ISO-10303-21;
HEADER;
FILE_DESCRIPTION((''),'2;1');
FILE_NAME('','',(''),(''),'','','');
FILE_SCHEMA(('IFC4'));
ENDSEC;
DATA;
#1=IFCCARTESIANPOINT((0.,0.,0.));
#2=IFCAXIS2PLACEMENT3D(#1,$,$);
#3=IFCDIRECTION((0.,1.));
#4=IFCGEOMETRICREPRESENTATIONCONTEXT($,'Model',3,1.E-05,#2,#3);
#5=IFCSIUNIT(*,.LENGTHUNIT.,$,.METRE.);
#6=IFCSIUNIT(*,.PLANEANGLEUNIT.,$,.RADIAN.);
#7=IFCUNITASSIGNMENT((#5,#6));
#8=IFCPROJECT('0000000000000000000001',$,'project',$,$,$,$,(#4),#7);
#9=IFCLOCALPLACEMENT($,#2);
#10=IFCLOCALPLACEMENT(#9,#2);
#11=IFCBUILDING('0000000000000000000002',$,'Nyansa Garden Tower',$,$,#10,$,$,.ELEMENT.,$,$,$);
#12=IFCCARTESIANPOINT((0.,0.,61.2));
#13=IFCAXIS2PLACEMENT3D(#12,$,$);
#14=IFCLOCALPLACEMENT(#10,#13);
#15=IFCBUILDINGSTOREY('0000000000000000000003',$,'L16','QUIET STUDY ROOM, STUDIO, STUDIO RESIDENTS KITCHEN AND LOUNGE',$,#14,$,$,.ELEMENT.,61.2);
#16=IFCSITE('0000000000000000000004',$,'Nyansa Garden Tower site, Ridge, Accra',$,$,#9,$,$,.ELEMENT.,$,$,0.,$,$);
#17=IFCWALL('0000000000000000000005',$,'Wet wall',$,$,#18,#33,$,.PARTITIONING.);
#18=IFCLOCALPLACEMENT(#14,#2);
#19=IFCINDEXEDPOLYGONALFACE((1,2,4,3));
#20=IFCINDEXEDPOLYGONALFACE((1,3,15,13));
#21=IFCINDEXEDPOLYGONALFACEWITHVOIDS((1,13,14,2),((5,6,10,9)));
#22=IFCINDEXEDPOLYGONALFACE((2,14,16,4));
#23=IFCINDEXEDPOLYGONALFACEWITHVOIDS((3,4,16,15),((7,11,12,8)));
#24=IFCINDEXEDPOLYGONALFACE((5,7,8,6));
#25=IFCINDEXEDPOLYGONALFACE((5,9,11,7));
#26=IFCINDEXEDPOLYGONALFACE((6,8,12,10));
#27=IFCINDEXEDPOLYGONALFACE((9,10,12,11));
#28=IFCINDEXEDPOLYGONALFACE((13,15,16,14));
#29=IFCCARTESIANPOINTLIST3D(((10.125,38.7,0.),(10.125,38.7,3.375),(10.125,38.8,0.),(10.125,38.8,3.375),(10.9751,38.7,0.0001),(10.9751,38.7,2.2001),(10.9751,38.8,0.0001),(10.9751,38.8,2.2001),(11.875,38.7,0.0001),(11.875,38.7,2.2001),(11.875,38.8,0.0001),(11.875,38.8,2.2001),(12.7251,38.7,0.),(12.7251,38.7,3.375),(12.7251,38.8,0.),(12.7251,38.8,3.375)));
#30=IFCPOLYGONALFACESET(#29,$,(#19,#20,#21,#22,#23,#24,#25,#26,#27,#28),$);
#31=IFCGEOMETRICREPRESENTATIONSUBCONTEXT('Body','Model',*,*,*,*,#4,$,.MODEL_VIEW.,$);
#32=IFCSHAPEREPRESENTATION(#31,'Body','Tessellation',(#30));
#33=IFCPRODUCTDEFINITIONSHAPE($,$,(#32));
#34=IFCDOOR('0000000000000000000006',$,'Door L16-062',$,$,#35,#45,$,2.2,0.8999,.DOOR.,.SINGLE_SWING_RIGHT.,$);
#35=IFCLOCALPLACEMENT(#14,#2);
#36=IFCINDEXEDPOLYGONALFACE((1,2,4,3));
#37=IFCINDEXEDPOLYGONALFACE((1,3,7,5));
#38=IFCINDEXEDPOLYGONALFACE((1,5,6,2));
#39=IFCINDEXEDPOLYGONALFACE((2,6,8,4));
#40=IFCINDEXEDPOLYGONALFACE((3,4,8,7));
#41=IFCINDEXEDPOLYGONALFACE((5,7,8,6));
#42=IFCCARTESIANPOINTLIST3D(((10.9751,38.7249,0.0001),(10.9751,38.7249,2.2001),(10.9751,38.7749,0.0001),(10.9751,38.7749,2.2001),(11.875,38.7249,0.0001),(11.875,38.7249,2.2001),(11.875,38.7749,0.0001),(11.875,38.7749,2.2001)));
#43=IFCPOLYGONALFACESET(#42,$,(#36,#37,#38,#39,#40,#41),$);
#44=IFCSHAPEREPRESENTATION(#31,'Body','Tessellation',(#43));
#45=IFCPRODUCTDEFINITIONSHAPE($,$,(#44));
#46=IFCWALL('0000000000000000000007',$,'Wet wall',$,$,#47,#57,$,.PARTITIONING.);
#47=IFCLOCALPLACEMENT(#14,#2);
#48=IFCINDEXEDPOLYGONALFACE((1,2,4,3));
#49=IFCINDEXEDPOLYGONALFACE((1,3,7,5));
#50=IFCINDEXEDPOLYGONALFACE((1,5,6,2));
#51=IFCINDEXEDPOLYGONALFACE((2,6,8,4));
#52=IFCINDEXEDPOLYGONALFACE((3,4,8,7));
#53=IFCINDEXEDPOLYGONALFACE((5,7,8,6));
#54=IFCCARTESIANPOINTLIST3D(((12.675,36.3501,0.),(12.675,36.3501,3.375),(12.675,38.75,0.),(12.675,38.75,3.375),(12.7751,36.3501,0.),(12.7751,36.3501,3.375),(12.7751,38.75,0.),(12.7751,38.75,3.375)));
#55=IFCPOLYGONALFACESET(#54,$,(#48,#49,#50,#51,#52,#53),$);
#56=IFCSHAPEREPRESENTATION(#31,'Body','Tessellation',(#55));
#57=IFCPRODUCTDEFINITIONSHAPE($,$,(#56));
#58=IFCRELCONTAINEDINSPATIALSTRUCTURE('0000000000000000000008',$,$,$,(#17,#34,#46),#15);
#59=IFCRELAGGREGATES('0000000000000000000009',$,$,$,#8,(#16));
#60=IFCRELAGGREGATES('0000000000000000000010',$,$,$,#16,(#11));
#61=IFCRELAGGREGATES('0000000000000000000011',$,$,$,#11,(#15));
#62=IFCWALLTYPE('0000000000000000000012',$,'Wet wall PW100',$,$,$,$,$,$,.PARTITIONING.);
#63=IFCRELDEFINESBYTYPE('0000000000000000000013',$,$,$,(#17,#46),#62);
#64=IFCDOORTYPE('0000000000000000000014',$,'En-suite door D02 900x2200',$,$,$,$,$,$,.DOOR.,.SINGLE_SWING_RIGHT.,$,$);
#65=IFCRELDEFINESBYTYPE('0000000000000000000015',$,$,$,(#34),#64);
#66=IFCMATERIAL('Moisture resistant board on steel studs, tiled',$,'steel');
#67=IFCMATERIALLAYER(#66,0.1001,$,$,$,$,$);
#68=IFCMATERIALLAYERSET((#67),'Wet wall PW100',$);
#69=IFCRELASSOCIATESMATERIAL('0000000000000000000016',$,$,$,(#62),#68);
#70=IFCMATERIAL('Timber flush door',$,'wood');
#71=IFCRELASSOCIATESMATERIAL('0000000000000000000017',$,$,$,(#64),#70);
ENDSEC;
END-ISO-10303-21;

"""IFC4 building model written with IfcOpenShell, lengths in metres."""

from ifc_helpers import new_model, si_unit, direction, frame, frame_2d, origin, place, context, subcontext, project, spatial, rectangle, extrude, material, layer, layer_set, type_object, element, fill, save


model = new_model("IFC4")

# Units and contexts
model_context = context("Model", 3, precision=1e-05, world=origin(), true_north=direction((0.0, 1.0)))
body_context = subcontext(model_context, "Body", "Model", "MODEL_VIEW")
ifc_project = project(units=[si_unit("LENGTHUNIT", "METRE"), si_unit("PLANEANGLEUNIT", "RADIAN")], contexts=[model_context])

# Site, building, storey
site_placement = place(None, origin())
site = spatial("IfcSite", under=ifc_project, at=site_placement, Name="Nyansa Garden Tower site, Ridge, Accra", CompositionType="ELEMENT", RefElevation=0.0)
building_placement = place(site_placement, origin())
building = spatial("IfcBuilding", under=site, at=building_placement, Name="Nyansa Garden Tower", CompositionType="ELEMENT")
storey_placement = place(building_placement, frame((0.0, 0.0, 61.2)))
storey = spatial("IfcBuildingStorey", under=building, at=storey_placement, Name="L16", Description="QUIET STUDY ROOM, STUDIO, STUDIO RESIDENTS KITCHEN AND LOUNGE", CompositionType="ELEMENT", Elevation=61.2)

# Wall, opening, door
ifc_material_1 = material(Name="Moisture resistant board on steel studs, tiled", Category="steel")
ifc_layer_1 = layer(ifc_material_1, 0.1001)
ifc_layer_set_1 = layer_set([ifc_layer_1], Name="Wet wall PW100")
wall_type_1 = type_object("IfcWallType", Name="Wet wall PW100", PredefinedType="PARTITIONING", material=ifc_layer_set_1)
wall_1_placement = place(storey_placement, frame((10.125, 38.75, 0.0), z_axis=(0.0, 0.0, 1.0), x_axis=(1.0, 0.0, 0.0)))
wall_1 = element("IfcWall", 1, at=wall_1_placement, inside=storey, type_object=wall_type_1, Name="Wet wall", PredefinedType="PARTITIONING", context=body_context, shape_type="SweptSolid", body=[
    extrude(rectangle(XDim=2.6001, YDim=0.1001, at=frame_2d((1.3, 0.0))), origin(), (0.0, 0.0, 1.0), 3.375),
])
opening_1_placement = place(wall_1_placement, frame((0.8501, 0.0, 0.0)))
opening_1 = element("IfcOpeningElement", 2, at=opening_1_placement, cuts=wall_1, PredefinedType="OPENING", context=body_context, shape_type="SweptSolid", body=[
    extrude(rectangle(XDim=0.8999, YDim=2.2, at=frame_2d((0.45, 1.1001))), frame((0.0, 0.0601, 0.0), z_axis=(0.0, -1.0, 0.0), x_axis=(1.0, 0.0, 0.0)), (0.0, 0.0, 1.0), 0.1201),
])
ifc_material_2 = material(Name="Timber flush door", Category="wood")
door_type_1 = type_object("IfcDoorType", Name="En-suite door D02 900x2200", OperationType="SINGLE_SWING_RIGHT", PredefinedType="DOOR", material=ifc_material_2)
door_1_placement = place(opening_1_placement, origin())
door_1 = element("IfcDoor", 3, at=door_1_placement, inside=storey, type_object=door_type_1, Name="Door L16-062", OperationType="SINGLE_SWING_RIGHT", OverallHeight=2.2, OverallWidth=0.8999, PredefinedType="DOOR", context=body_context, shape_type="SweptSolid", body=[
    extrude(rectangle(XDim=0.8999, YDim=2.2, at=frame_2d((0.45, 1.1001))), frame((0.0, 0.0249, 0.0), z_axis=(0.0, -1.0, 0.0), x_axis=(1.0, 0.0, 0.0)), (0.0, 0.0, 1.0), 0.05),
])
fill(opening_1, door_1)

# Wall
wall_2_placement = place(storey_placement, frame((12.7251, 36.3501, 0.0), z_axis=(0.0, 0.0, 1.0), x_axis=(0.0, 1.0, 0.0)))
element("IfcWall", 4, at=wall_2_placement, inside=storey, type_object=wall_type_1, Name="Wet wall", PredefinedType="PARTITIONING", context=body_context, shape_type="SweptSolid", body=[
    extrude(rectangle(XDim=2.3999, YDim=0.1001, at=frame_2d((1.2, 0.0))), origin(), (0.0, 0.0, 1.0), 3.375),
])

save(model, "model.ifc")
